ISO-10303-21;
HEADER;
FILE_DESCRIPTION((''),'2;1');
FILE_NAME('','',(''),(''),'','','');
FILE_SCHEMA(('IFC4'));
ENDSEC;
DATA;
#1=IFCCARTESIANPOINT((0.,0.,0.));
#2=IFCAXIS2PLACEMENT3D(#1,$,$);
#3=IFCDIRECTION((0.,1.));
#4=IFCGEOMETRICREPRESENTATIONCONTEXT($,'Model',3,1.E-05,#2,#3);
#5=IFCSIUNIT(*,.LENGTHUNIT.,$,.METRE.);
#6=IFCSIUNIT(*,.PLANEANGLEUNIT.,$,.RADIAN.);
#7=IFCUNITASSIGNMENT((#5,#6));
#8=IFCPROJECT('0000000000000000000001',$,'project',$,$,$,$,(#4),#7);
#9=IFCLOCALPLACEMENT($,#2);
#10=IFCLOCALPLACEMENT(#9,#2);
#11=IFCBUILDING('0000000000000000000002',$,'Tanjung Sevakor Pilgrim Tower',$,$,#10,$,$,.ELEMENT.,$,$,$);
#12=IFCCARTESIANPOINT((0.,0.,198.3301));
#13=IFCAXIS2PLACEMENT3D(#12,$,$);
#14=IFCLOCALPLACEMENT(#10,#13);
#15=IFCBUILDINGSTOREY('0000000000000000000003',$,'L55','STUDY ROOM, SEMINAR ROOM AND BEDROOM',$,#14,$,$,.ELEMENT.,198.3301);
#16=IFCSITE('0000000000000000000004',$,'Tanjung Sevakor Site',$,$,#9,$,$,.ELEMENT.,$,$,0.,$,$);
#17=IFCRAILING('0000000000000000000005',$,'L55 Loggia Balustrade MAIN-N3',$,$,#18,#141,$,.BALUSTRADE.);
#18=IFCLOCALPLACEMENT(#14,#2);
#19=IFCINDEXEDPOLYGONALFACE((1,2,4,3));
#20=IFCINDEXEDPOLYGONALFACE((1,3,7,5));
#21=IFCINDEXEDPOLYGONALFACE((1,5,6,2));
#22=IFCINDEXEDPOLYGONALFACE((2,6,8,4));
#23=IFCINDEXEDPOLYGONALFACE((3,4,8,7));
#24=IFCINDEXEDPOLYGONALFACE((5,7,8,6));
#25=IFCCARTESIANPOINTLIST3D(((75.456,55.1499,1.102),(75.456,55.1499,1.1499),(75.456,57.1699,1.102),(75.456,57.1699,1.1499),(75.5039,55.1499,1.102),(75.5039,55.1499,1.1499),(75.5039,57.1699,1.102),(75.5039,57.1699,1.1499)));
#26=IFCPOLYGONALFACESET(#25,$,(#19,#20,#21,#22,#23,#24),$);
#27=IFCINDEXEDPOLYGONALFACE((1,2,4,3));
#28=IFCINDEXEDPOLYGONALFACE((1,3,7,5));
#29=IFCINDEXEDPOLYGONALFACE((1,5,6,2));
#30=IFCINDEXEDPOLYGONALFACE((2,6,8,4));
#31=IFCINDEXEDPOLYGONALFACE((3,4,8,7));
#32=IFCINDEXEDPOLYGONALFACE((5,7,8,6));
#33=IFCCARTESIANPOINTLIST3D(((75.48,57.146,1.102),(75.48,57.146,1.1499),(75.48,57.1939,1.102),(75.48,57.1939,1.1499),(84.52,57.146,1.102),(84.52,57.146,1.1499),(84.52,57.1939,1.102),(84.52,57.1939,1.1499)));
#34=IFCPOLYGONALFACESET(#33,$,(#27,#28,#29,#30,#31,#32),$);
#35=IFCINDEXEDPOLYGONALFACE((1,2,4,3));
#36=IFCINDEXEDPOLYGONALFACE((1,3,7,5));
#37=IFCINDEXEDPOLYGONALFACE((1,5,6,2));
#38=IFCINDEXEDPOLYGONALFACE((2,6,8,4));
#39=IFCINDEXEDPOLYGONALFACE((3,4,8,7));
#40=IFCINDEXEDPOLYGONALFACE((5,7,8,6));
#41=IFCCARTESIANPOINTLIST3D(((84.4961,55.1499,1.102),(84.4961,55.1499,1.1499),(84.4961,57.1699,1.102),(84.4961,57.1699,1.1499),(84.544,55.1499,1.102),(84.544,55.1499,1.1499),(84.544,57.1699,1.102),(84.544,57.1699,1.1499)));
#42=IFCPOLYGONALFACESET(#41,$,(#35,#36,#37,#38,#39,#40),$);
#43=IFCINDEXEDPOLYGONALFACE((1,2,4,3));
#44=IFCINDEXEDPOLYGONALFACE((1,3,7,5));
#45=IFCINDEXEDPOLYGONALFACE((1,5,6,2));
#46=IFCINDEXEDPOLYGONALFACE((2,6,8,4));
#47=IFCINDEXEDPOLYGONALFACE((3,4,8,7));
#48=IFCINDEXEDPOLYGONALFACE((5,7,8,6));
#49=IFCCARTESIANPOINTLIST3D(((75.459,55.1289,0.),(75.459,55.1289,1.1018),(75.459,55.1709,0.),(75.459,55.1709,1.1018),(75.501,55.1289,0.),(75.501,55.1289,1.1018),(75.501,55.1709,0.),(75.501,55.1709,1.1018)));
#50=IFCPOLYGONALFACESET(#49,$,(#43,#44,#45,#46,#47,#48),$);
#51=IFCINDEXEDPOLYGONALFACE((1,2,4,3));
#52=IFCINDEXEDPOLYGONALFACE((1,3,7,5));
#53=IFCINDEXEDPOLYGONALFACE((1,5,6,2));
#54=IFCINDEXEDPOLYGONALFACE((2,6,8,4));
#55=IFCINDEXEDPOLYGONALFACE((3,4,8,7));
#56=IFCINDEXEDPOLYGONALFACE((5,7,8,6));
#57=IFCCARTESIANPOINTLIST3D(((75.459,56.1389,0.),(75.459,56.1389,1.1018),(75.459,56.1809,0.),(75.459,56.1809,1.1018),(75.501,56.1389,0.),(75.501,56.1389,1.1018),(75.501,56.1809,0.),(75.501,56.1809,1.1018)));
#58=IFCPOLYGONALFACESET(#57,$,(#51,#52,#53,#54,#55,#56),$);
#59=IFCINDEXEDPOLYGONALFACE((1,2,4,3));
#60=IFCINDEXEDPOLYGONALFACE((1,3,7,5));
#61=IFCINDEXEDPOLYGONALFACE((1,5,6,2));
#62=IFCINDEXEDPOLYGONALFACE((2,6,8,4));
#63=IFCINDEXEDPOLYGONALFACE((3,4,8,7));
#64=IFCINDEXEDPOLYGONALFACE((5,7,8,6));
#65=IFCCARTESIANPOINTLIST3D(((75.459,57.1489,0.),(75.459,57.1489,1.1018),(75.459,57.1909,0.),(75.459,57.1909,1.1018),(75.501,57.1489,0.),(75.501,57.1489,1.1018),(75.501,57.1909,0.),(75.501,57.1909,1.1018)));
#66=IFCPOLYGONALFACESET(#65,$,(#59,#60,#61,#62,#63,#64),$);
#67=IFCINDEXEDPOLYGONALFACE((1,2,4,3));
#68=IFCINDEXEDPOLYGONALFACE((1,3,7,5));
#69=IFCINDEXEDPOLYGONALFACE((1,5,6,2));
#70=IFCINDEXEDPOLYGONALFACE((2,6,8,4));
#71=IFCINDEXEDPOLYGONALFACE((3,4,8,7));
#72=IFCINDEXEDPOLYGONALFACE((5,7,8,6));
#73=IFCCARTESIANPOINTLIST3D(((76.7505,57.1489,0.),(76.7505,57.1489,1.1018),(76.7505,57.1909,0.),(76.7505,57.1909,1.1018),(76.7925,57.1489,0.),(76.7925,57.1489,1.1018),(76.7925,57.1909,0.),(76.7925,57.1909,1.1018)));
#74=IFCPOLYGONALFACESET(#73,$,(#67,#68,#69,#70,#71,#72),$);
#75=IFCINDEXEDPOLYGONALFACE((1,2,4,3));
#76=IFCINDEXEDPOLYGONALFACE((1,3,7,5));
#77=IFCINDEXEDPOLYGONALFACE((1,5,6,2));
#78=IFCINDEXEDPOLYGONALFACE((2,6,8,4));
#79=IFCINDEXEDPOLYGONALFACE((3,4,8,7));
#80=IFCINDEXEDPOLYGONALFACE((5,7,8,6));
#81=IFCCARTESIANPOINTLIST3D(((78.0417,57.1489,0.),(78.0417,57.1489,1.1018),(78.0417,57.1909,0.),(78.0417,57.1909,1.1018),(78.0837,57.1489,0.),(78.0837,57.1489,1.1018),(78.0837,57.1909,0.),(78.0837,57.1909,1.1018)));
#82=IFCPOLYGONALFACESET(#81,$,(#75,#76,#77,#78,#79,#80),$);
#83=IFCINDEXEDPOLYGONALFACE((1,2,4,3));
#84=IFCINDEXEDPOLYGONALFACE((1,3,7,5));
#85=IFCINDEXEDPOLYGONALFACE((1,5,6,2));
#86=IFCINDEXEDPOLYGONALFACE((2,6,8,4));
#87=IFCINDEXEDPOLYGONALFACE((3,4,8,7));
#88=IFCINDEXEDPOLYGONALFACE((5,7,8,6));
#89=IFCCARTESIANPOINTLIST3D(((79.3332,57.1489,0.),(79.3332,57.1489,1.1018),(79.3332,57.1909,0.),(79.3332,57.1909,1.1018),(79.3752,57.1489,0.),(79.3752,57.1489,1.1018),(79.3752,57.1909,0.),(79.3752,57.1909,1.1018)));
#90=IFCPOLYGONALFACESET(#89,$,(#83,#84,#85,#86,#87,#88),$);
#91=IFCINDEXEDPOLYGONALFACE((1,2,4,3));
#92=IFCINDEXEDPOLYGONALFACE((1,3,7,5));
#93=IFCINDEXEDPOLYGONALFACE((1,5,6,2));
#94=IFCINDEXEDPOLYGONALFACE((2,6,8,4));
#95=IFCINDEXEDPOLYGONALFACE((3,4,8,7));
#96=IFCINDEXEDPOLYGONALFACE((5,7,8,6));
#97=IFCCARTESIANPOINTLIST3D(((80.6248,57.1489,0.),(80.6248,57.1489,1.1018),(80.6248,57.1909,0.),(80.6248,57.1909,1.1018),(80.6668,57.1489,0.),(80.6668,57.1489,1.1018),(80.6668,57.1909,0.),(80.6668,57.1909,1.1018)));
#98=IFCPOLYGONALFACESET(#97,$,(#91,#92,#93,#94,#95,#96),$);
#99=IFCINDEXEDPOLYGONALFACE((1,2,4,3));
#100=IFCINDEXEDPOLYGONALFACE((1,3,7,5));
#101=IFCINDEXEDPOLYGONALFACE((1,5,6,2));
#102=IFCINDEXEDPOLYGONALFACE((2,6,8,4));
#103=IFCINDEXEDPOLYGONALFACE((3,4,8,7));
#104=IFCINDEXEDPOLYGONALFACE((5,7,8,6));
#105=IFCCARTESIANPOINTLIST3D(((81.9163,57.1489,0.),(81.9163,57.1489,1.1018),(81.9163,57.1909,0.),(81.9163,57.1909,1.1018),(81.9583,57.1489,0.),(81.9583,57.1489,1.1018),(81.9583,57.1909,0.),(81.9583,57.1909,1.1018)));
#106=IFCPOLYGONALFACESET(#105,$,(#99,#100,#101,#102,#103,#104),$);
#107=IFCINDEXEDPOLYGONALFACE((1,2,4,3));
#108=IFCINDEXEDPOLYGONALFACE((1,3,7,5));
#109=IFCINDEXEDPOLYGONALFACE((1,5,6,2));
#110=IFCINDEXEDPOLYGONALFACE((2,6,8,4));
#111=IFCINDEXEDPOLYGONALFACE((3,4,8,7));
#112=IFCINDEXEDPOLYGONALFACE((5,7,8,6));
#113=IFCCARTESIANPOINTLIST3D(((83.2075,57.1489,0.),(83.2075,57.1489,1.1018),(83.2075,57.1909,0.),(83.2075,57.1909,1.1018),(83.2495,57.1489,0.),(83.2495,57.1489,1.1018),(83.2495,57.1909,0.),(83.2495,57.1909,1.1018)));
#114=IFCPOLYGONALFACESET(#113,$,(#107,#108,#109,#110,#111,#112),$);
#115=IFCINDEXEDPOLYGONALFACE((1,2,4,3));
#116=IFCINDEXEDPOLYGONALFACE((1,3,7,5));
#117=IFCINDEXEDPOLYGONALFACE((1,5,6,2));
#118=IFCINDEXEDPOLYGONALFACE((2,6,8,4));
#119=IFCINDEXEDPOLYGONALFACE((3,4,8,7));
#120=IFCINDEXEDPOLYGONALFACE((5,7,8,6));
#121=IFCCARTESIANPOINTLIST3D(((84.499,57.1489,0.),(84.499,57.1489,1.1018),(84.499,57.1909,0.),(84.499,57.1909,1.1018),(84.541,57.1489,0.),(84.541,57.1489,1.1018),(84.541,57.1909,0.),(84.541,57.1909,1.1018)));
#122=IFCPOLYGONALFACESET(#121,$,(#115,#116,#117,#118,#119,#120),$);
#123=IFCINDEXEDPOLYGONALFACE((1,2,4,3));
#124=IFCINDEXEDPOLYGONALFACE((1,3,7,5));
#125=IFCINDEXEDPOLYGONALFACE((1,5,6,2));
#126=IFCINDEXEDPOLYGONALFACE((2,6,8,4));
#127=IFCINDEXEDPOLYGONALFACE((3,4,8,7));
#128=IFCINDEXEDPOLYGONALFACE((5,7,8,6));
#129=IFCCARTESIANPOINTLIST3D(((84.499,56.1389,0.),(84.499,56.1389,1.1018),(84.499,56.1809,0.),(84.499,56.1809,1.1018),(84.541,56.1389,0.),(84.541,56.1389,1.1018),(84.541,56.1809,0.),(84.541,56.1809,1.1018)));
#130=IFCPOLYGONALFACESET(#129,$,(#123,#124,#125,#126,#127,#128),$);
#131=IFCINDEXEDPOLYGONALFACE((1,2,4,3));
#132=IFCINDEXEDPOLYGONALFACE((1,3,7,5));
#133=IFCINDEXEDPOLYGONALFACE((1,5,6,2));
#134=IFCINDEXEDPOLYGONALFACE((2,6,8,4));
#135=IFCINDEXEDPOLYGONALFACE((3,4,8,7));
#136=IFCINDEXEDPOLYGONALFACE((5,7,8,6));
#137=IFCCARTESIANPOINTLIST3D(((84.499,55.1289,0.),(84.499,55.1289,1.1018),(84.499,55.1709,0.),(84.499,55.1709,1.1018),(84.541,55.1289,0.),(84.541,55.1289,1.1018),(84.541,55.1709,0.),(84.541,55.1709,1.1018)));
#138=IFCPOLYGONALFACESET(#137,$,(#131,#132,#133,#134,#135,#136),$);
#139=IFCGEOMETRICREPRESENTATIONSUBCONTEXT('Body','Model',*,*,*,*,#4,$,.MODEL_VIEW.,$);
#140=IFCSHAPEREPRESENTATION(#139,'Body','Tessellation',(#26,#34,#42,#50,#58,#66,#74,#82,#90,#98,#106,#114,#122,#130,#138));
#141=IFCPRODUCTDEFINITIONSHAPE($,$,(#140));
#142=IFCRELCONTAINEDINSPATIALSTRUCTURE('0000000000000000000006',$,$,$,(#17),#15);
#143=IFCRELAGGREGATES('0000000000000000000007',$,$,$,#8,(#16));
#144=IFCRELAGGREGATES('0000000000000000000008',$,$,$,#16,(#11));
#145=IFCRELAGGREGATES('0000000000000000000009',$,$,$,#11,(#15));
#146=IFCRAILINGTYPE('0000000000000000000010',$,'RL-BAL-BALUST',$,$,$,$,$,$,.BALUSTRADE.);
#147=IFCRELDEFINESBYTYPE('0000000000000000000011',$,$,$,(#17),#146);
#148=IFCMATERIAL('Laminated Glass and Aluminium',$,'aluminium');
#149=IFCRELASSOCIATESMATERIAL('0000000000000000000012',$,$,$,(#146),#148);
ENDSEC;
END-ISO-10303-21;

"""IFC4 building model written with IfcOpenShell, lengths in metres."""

from ifc_helpers import new_model, si_unit, direction, frame, origin, place, context, subcontext, project, spatial, rectangle, extrude, material, type_object, element, save


model = new_model("IFC4")

# Units and contexts
model_context = context("Model", 3, precision=1e-05, world=origin(), true_north=direction((0.0, 1.0)))
body_context = subcontext(model_context, "Body", "Model", "MODEL_VIEW")
ifc_project = project(units=[si_unit("LENGTHUNIT", "METRE"), si_unit("PLANEANGLEUNIT", "RADIAN")], contexts=[model_context])

# Site, building, storey
site_placement = place(None, origin())
site = spatial("IfcSite", under=ifc_project, at=site_placement, Name="Tanjung Sevakor Site", CompositionType="ELEMENT", RefElevation=0.0)
building_placement = place(site_placement, origin())
building = spatial("IfcBuilding", under=site, at=building_placement, Name="Tanjung Sevakor Pilgrim Tower", CompositionType="ELEMENT")
storey_placement = place(building_placement, frame((0.0, 0.0, 198.3301)))
storey = spatial("IfcBuildingStorey", under=building, at=storey_placement, Name="L55", Description="STUDY ROOM, SEMINAR ROOM AND BEDROOM", CompositionType="ELEMENT", Elevation=198.3301)

# Railing
ifc_material_1 = material(Name="Laminated Glass and Aluminium", Category="aluminium")
railing_type = type_object("IfcRailingType", Name="RL-BAL-BALUST", PredefinedType="BALUSTRADE", material=ifc_material_1)
railing_1_placement = place(storey_placement, frame((75.48, 55.1499, 0.0)))
element("IfcRailing", 1, at=railing_1_placement, inside=storey, type_object=railing_type, Name="L55 Loggia Balustrade MAIN-N3", PredefinedType="BALUSTRADE", context=body_context, shape_type="SweptSolid", body=[
    extrude(rectangle(XDim=0.0479, YDim=0.0479), frame((0.0, 0.0, 1.126), z_axis=(0.0, 1.0, 0.0), x_axis=(-1.0, 0.0, 0.0)), (0.0, 0.0, 1.0), 2.02),
    extrude(rectangle(XDim=0.0479, YDim=0.0479), frame((0.0, 2.02, 1.126), z_axis=(1.0, 0.0, 0.0), x_axis=(0.0, 1.0, 0.0)), (0.0, 0.0, 1.0), 9.04),
    extrude(rectangle(XDim=0.0479, YDim=0.0479), frame((9.04, 2.02, 1.126), z_axis=(0.0, -1.0, 0.0), x_axis=(1.0, 0.0, 0.0)), (0.0, 0.0, 1.0), 2.02),
    extrude(rectangle(XDim=0.042, YDim=0.042), origin(), (0.0, 0.0, 1.0), 1.1018),
    extrude(rectangle(XDim=0.042, YDim=0.042), frame((0.0, 1.01, 0.0)), (0.0, 0.0, 1.0), 1.1018),
    extrude(rectangle(XDim=0.042, YDim=0.042), frame((0.0, 2.02, 0.0)), (0.0, 0.0, 1.0), 1.1018),
    extrude(rectangle(XDim=0.042, YDim=0.042), frame((1.2915, 2.02, 0.0)), (0.0, 0.0, 1.0), 1.1018),
    extrude(rectangle(XDim=0.042, YDim=0.042), frame((2.5828, 2.02, 0.0)), (0.0, 0.0, 1.0), 1.1018),
    extrude(rectangle(XDim=0.042, YDim=0.042), frame((3.8743, 2.02, 0.0)), (0.0, 0.0, 1.0), 1.1018),
    extrude(rectangle(XDim=0.042, YDim=0.042), frame((5.1658, 2.02, 0.0)), (0.0, 0.0, 1.0), 1.1018),
    extrude(rectangle(XDim=0.042, YDim=0.042), frame((6.4573, 2.02, 0.0)), (0.0, 0.0, 1.0), 1.1018),
    extrude(rectangle(XDim=0.042, YDim=0.042), frame((7.7485, 2.02, 0.0)), (0.0, 0.0, 1.0), 1.1018),
    extrude(rectangle(XDim=0.042, YDim=0.042), frame((9.04, 2.02, 0.0)), (0.0, 0.0, 1.0), 1.1018),
    extrude(rectangle(XDim=0.042, YDim=0.042), frame((9.04, 1.01, 0.0)), (0.0, 0.0, 1.0), 1.1018),
    extrude(rectangle(XDim=0.042, YDim=0.042), frame((9.04, 0.0, 0.0)), (0.0, 0.0, 1.0), 1.1018),
])

save(model, "model.ifc")
